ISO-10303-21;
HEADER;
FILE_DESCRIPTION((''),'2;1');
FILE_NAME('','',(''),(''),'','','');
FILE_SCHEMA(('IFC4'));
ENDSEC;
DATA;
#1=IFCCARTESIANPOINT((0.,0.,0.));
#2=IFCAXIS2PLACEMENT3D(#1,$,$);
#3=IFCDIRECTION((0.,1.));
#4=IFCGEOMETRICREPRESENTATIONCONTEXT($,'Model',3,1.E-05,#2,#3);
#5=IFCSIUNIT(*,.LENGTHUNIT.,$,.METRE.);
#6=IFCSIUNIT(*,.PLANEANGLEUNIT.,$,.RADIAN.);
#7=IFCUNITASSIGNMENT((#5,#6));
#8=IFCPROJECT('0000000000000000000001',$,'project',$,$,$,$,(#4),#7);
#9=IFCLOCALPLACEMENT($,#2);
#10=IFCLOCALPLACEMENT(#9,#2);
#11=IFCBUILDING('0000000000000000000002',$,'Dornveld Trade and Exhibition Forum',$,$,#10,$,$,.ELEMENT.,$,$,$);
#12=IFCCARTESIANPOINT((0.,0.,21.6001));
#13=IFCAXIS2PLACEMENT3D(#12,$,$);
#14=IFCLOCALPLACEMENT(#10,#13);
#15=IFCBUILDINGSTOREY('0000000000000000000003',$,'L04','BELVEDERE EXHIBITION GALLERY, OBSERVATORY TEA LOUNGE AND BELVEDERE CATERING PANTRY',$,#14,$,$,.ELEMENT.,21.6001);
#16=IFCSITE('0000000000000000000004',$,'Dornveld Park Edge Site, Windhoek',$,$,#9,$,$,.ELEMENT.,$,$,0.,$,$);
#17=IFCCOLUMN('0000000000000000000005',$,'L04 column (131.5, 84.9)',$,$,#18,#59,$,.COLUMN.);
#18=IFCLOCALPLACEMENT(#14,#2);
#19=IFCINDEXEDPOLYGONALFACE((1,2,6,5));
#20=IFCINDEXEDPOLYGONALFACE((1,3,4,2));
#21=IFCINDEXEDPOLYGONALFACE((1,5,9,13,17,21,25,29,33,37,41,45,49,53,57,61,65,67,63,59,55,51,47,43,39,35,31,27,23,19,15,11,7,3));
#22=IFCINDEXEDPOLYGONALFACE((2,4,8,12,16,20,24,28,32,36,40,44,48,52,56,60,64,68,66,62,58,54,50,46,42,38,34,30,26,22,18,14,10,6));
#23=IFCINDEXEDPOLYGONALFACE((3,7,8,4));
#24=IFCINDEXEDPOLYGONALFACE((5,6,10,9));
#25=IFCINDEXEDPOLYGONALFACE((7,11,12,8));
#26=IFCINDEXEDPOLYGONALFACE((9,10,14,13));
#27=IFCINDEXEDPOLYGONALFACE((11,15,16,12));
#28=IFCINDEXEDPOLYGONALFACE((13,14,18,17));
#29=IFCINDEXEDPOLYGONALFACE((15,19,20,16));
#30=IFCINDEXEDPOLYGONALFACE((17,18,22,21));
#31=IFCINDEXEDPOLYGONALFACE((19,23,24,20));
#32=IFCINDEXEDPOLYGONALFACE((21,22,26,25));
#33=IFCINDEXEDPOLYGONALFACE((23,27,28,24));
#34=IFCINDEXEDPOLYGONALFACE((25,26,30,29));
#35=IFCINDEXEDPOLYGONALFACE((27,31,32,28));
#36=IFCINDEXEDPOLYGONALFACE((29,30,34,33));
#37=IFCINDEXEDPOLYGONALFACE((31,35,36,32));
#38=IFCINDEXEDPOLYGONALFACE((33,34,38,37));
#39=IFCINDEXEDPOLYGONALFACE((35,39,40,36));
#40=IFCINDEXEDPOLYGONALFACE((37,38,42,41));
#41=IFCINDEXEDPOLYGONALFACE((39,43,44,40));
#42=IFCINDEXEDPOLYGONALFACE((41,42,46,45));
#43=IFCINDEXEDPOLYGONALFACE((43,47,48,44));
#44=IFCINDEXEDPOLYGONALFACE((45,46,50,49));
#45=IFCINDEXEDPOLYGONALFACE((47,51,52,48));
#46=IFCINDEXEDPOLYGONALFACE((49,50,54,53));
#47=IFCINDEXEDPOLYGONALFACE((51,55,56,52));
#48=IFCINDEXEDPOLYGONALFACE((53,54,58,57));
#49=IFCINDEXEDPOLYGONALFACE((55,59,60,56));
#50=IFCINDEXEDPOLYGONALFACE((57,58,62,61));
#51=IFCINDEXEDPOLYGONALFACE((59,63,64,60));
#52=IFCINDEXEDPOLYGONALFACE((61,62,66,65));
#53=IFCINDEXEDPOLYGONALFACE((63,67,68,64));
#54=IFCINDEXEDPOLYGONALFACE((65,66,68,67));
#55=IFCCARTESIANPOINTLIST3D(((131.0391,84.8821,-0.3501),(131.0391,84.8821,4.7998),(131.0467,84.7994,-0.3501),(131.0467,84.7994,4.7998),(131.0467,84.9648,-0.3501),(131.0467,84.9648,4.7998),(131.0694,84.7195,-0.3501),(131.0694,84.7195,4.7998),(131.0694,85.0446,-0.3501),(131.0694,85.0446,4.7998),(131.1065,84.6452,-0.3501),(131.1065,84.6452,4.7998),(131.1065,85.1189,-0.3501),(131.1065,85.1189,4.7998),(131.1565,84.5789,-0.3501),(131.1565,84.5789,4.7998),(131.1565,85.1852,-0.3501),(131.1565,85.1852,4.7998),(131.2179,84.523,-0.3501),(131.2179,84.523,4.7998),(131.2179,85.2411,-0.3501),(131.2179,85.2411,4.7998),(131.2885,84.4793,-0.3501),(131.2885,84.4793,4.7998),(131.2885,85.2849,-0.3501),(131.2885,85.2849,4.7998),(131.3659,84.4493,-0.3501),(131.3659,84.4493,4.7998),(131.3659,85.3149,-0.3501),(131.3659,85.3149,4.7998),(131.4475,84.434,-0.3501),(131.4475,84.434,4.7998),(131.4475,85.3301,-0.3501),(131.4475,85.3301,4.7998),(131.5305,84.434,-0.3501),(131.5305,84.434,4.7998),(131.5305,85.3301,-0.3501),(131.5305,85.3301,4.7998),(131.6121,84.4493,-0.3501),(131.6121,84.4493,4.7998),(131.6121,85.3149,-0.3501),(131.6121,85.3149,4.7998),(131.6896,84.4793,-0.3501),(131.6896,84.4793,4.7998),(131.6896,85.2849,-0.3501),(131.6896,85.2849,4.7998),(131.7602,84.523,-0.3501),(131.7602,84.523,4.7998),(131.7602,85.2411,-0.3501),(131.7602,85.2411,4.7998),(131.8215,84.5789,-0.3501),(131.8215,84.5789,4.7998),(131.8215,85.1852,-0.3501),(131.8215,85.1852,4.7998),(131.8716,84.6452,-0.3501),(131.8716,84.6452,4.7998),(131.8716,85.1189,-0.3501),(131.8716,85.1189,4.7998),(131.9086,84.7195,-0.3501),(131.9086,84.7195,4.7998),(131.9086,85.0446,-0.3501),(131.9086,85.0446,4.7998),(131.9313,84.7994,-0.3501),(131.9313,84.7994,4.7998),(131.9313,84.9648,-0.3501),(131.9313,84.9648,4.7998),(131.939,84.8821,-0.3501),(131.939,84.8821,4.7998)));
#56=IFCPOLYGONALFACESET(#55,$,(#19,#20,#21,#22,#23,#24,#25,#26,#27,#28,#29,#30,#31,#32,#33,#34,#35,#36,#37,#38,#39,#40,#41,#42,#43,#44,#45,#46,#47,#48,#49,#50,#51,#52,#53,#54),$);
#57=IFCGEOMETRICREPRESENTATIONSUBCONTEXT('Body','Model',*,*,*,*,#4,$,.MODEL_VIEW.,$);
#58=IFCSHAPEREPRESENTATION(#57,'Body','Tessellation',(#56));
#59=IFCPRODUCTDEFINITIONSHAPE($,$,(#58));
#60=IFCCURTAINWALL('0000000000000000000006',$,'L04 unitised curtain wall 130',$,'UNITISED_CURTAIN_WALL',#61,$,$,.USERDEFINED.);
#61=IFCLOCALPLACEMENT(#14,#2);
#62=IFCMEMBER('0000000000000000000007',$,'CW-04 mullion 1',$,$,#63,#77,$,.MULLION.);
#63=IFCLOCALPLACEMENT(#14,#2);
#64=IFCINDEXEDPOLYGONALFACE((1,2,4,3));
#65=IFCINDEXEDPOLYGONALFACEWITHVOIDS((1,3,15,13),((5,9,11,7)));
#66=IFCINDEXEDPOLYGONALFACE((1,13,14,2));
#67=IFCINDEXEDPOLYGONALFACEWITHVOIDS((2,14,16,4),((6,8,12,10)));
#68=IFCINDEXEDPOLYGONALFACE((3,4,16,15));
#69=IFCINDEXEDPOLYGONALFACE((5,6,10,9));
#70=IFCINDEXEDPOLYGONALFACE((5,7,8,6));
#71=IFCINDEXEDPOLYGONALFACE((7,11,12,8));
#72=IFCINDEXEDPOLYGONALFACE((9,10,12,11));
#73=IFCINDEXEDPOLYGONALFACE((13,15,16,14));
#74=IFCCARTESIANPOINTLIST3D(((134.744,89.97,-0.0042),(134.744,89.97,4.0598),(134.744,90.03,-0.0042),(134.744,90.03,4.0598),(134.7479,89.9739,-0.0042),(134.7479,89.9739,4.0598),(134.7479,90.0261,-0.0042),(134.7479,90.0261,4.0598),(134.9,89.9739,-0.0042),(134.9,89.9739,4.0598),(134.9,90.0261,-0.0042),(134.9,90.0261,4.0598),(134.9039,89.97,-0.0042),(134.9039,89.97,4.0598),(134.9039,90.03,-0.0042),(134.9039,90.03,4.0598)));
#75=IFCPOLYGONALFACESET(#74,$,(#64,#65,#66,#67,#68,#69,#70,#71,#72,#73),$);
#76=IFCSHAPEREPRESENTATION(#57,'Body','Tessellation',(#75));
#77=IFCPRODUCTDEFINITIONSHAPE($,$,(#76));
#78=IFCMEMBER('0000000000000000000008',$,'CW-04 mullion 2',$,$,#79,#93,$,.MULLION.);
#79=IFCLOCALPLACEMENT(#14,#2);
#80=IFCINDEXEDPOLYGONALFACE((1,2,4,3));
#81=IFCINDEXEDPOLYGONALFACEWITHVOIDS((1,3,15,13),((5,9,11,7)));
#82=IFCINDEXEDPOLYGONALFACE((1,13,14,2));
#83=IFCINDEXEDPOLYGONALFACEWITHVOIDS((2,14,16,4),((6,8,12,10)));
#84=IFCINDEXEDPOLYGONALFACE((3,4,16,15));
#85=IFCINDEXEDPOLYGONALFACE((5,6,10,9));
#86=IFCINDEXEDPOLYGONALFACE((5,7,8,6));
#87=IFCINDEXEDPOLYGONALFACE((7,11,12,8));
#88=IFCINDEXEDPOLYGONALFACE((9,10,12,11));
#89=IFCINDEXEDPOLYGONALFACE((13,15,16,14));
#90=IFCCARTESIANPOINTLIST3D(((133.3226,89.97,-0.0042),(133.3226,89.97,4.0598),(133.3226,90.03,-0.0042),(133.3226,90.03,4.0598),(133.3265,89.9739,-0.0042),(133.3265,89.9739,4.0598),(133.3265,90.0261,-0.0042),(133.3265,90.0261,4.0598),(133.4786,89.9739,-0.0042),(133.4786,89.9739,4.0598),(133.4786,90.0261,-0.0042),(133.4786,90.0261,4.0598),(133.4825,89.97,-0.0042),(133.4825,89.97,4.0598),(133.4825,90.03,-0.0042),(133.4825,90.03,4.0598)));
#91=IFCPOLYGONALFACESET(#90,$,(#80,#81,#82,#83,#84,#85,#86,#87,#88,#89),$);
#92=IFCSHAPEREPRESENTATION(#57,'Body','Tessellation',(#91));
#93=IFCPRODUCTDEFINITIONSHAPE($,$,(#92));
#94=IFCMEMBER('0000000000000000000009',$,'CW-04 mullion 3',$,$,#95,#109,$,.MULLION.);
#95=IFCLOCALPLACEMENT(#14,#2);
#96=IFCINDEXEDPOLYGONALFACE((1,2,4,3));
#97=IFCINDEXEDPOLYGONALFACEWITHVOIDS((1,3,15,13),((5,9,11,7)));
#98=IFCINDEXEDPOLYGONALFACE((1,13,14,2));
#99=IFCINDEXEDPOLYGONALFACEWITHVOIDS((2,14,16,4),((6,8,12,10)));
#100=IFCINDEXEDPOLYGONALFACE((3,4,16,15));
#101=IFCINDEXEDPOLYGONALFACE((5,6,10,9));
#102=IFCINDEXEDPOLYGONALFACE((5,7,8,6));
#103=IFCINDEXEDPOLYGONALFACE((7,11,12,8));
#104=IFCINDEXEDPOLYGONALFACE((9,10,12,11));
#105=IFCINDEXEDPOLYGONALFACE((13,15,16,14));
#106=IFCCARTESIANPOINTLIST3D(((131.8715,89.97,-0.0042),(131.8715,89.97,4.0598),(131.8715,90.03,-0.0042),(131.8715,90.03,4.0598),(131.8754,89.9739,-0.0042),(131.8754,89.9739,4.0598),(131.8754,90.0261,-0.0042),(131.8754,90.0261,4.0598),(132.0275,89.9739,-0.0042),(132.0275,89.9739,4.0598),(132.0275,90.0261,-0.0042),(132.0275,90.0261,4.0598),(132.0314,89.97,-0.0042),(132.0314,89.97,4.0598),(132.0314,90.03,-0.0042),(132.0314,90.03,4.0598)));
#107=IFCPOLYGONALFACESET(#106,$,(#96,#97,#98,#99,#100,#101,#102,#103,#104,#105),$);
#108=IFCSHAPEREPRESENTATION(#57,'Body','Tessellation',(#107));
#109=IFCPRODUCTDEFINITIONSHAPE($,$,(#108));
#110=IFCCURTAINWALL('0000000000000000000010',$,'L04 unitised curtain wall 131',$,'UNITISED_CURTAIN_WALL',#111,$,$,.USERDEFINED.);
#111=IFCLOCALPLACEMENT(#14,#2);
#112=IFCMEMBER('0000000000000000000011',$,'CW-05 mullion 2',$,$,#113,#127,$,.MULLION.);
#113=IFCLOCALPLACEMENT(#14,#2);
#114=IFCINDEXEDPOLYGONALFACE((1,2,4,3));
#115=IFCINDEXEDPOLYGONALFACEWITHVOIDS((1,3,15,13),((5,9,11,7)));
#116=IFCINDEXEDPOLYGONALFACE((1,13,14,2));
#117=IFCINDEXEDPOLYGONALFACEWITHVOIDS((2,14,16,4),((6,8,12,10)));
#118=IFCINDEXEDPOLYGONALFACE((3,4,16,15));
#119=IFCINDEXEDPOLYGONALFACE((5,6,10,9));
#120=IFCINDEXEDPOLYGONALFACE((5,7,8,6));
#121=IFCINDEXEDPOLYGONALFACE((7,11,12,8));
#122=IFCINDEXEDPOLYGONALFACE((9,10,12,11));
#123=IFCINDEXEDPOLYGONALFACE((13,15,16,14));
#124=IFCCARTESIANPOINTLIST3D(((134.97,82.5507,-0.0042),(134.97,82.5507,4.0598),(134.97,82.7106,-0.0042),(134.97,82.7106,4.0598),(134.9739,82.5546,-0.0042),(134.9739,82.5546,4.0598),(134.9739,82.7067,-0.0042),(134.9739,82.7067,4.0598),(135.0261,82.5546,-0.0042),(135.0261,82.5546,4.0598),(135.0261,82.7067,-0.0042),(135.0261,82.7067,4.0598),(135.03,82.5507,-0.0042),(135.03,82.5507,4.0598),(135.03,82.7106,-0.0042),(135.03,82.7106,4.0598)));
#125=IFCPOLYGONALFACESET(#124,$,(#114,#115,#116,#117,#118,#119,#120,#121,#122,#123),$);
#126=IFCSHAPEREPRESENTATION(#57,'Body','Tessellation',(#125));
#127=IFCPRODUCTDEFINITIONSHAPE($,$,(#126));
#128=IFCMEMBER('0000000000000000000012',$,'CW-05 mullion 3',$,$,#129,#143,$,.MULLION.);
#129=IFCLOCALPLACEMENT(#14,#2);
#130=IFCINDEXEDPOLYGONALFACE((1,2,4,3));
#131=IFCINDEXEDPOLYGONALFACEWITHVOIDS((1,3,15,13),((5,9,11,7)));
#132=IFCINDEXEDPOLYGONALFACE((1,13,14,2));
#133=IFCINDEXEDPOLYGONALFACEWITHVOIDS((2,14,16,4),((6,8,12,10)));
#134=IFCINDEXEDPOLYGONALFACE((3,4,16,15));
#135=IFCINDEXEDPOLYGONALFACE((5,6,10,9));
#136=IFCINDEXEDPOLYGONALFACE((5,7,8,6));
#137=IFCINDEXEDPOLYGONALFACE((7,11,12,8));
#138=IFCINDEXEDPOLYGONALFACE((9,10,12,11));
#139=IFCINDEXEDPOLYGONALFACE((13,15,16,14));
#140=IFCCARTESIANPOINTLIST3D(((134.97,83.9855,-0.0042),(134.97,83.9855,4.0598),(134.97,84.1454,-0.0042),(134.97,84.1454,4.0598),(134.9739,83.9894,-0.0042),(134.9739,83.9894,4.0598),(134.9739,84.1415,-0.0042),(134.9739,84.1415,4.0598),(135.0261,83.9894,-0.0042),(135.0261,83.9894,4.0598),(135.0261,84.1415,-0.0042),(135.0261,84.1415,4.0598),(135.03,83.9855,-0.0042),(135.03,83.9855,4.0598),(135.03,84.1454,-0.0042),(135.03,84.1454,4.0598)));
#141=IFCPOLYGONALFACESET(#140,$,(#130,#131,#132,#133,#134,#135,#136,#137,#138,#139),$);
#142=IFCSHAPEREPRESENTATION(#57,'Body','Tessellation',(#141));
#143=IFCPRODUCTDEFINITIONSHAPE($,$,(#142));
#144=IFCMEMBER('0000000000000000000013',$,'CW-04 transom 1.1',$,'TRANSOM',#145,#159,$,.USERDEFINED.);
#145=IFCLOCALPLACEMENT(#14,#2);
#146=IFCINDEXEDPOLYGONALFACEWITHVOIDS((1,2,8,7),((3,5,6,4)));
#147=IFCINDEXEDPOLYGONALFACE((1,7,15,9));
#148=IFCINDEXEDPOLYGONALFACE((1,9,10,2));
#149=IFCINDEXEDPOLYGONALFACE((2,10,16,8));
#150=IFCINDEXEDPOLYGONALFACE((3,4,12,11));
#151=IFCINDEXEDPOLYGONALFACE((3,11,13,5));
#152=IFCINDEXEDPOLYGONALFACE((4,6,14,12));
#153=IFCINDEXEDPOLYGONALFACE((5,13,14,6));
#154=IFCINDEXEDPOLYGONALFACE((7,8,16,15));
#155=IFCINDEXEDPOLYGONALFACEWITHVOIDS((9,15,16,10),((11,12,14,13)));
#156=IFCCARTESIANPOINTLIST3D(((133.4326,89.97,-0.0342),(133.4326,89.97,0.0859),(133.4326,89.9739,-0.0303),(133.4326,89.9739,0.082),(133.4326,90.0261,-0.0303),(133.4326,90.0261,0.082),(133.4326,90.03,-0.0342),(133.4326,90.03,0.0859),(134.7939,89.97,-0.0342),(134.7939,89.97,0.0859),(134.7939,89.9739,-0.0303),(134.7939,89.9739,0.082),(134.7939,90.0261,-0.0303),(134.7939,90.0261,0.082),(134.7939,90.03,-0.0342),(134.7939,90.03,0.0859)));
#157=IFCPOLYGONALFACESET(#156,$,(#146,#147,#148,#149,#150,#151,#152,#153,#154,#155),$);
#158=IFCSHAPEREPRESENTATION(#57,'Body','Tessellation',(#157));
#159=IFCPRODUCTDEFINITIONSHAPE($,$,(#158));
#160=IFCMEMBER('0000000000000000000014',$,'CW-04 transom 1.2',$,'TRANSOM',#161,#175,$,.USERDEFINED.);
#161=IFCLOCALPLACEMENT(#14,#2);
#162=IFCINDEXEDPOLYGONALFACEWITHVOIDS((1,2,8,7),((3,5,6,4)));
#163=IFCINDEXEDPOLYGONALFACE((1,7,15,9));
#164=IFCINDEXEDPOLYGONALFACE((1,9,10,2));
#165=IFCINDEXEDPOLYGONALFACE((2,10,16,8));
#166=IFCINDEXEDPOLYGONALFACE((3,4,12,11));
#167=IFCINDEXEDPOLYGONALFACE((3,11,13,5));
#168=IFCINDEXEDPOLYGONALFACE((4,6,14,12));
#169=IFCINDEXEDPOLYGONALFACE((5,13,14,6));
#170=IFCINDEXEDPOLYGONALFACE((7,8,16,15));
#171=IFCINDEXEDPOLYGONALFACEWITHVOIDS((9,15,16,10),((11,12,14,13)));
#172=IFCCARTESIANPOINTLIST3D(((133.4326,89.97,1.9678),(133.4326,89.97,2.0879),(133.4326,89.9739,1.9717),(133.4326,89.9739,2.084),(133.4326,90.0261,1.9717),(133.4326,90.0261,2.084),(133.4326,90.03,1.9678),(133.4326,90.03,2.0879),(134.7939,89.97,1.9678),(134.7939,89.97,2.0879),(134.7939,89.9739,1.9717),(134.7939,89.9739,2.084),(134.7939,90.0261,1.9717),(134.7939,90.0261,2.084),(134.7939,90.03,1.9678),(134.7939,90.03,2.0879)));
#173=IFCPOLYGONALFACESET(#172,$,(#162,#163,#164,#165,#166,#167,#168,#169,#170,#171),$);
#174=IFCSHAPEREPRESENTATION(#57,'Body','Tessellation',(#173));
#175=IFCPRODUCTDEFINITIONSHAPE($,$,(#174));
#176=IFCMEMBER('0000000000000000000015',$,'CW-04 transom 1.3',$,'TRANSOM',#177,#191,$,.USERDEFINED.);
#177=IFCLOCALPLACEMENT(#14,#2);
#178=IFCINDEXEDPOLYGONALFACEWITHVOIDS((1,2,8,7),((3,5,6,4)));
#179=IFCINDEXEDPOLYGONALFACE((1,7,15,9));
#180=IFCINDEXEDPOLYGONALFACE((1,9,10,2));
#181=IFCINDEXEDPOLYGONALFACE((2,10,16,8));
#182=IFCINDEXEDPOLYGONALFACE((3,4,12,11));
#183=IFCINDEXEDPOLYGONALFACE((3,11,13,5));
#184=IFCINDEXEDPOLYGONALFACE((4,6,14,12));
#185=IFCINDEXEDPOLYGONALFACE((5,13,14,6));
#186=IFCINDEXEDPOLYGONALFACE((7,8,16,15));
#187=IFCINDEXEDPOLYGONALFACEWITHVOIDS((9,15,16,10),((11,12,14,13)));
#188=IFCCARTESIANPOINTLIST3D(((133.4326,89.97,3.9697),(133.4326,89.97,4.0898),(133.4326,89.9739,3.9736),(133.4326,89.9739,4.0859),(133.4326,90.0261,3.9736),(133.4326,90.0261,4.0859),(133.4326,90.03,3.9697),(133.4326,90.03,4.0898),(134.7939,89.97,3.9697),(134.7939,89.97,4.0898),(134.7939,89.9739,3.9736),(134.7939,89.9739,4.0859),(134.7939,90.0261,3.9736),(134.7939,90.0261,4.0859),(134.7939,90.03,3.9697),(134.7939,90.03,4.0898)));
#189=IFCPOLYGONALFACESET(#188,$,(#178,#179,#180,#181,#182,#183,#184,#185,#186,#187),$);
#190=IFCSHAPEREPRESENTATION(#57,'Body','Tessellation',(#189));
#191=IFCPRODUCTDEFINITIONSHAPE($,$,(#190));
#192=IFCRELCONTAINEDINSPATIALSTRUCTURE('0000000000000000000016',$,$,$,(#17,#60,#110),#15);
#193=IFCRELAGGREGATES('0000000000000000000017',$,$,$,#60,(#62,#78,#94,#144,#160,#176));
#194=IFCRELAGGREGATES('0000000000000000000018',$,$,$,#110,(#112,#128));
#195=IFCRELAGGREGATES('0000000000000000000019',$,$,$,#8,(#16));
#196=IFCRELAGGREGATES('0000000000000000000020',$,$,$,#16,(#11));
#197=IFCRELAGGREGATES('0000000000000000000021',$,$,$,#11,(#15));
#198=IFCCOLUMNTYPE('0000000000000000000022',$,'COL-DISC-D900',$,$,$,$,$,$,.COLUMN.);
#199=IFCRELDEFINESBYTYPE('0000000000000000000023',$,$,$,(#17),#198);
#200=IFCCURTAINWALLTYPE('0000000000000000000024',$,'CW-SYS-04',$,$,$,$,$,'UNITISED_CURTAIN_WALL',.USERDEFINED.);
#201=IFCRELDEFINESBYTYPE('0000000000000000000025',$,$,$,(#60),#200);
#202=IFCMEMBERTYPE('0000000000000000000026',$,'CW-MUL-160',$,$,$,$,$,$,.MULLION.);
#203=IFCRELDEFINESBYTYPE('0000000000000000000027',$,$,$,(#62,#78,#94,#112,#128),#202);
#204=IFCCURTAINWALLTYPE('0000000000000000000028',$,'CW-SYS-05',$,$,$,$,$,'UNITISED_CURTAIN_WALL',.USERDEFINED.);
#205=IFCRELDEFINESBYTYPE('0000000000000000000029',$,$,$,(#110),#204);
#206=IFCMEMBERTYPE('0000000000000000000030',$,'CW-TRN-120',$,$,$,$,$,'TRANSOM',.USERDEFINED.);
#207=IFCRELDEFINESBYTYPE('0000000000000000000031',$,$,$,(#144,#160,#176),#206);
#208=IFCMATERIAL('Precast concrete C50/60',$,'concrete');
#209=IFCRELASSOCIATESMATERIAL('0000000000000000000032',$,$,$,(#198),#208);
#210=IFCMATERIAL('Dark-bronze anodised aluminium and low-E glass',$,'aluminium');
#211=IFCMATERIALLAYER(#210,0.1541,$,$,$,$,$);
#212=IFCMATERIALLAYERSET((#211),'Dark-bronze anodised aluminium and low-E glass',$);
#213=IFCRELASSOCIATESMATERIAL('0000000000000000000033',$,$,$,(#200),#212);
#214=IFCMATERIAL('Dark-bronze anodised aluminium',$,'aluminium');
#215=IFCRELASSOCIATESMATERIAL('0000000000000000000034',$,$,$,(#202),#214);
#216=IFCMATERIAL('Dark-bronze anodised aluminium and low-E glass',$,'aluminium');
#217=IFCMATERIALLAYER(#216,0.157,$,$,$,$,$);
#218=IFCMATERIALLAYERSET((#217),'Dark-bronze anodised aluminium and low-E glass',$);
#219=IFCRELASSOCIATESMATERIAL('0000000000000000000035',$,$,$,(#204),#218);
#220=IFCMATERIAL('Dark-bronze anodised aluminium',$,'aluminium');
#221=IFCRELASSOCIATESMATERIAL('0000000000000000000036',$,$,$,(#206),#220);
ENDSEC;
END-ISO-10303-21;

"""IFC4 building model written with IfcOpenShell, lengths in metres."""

from ifc_helpers import new_model, si_unit, direction, frame, origin, origin_2d, place, context, subcontext, project, spatial, hollow_rectangle, circle, extrude, material, layer, layer_set, material_profile, profile_set, type_object, element, aggregate, save


model = new_model("IFC4")

# Units and contexts
model_context = context("Model", 3, precision=1e-05, world=origin(), true_north=direction((0.0, 1.0)))
body_context = subcontext(model_context, "Body", "Model", "MODEL_VIEW")
ifc_project = project(units=[si_unit("LENGTHUNIT", "METRE"), si_unit("PLANEANGLEUNIT", "RADIAN")], contexts=[model_context])

# Site, building, storey
site_placement = place(None, origin())
site = spatial("IfcSite", under=ifc_project, at=site_placement, Name="Dornveld Park Edge Site, Windhoek", CompositionType="ELEMENT", RefElevation=0.0)
building_placement = place(site_placement, origin())
building = spatial("IfcBuilding", under=site, at=building_placement, Name="Dornveld Trade and Exhibition Forum", CompositionType="ELEMENT")
storey_placement = place(building_placement, frame((0.0, 0.0, 21.6001)))
storey = spatial("IfcBuildingStorey", under=building, at=storey_placement, Name="L04", Description="BELVEDERE EXHIBITION GALLERY, OBSERVATORY TEA LOUNGE AND BELVEDERE CATERING PANTRY", CompositionType="ELEMENT", Elevation=21.6001)

# Column
ifc_material_1 = material(Name="Precast concrete C50/60", Category="concrete")
ifc_material_profile_1 = material_profile(ifc_material_1, circle(Radius=0.45, at=origin_2d()), Name="PC-COL D900")
ifc_profile_set_1 = profile_set([ifc_material_profile_1], Name="Precast concrete C50/60")
column_type = type_object("IfcColumnType", Name="COL-DISC-D900", PredefinedType="COLUMN", material=ifc_profile_set_1)
column_placement = place(storey_placement, frame((131.489, 84.8821, -0.3501), z_axis=(0.0, 0.0, 1.0), x_axis=(1.0, 0.0, 0.0)))
element("IfcColumn", 1, at=column_placement, inside=storey, type_object=column_type, Name="L04 column (131.5, 84.9)", PredefinedType="COLUMN", context=body_context, shape_type="SweptSolid", body=[
    extrude(circle(Radius=0.45, at=origin_2d()), origin(), (0.0, 0.0, 1.0), 5.1499),
])

# Curtain walls, members
ifc_material_2 = material(Name="Dark-bronze anodised aluminium and low-E glass", Category="aluminium")
ifc_layer_1 = layer(ifc_material_2, 0.1541)
ifc_layer_set_1 = layer_set([ifc_layer_1], Name="Dark-bronze anodised aluminium and low-E glass")
curtain_wall_type_1 = type_object("IfcCurtainWallType", Name="CW-SYS-04", ElementType="UNITISED_CURTAIN_WALL", PredefinedType="USERDEFINED", material=ifc_layer_set_1)
curtain_wall_1_placement = place(storey_placement, origin())
curtain_wall_1 = element("IfcCurtainWall", 2, at=curtain_wall_1_placement, inside=storey, type_object=curtain_wall_type_1, Name="L04 unitised curtain wall 130", ObjectType="UNITISED_CURTAIN_WALL", PredefinedType="USERDEFINED")
ifc_material_3 = material(Name="Dark-bronze anodised aluminium", Category="aluminium")
ifc_material_profile_2 = material_profile(ifc_material_3, hollow_rectangle(XDim=0.0601, YDim=0.1599, WallThickness=0.0039, at=origin_2d()), Name="RHS 160x60x4")
ifc_profile_set_2 = profile_set([ifc_material_profile_2], Name="Dark-bronze anodised aluminium")
member_type_1 = type_object("IfcMemberType", Name="CW-MUL-160", PredefinedType="MULLION", material=ifc_profile_set_2)
member_1_placement = place(storey_placement, frame((134.824, 90.0, -0.0042), z_axis=(0.0, 0.0, 1.0), x_axis=(0.0, -1.0, 0.0)))
member_1 = element("IfcMember", 3, at=member_1_placement, type_object=member_type_1, Name="CW-04 mullion 1", PredefinedType="MULLION", context=body_context, shape_type="SweptSolid", body=[
    extrude(hollow_rectangle(XDim=0.0601, YDim=0.1599, WallThickness=0.0039, at=origin_2d()), origin(), (0.0, 0.0, 1.0), 4.064),
])
member_2_placement = place(storey_placement, frame((133.4026, 90.0, -0.0042), z_axis=(0.0, 0.0, 1.0), x_axis=(0.0, -1.0, 0.0)))
member_2 = element("IfcMember", 4, at=member_2_placement, type_object=member_type_1, Name="CW-04 mullion 2", PredefinedType="MULLION", context=body_context, shape_type="SweptSolid", body=[
    extrude(hollow_rectangle(XDim=0.0601, YDim=0.1599, WallThickness=0.0039, at=origin_2d()), origin(), (0.0, 0.0, 1.0), 4.064),
])
member_3_placement = place(storey_placement, frame((131.9514, 90.0, -0.0042), z_axis=(0.0, 0.0, 1.0), x_axis=(0.0, -1.0, 0.0)))
member_3 = element("IfcMember", 5, at=member_3_placement, type_object=member_type_1, Name="CW-04 mullion 3", PredefinedType="MULLION", context=body_context, shape_type="SweptSolid", body=[
    extrude(hollow_rectangle(XDim=0.0601, YDim=0.1599, WallThickness=0.0039, at=origin_2d()), origin(), (0.0, 0.0, 1.0), 4.064),
])
ifc_material_4 = material(Name="Dark-bronze anodised aluminium and low-E glass", Category="aluminium")
ifc_layer_2 = layer(ifc_material_4, 0.157)
ifc_layer_set_2 = layer_set([ifc_layer_2], Name="Dark-bronze anodised aluminium and low-E glass")
curtain_wall_type_2 = type_object("IfcCurtainWallType", Name="CW-SYS-05", ElementType="UNITISED_CURTAIN_WALL", PredefinedType="USERDEFINED", material=ifc_layer_set_2)
curtain_wall_2_placement = place(storey_placement, origin())
curtain_wall_2 = element("IfcCurtainWall", 6, at=curtain_wall_2_placement, inside=storey, type_object=curtain_wall_type_2, Name="L04 unitised curtain wall 131", ObjectType="UNITISED_CURTAIN_WALL", PredefinedType="USERDEFINED")
member_4_placement = place(storey_placement, frame((135.0, 82.6306, -0.0042), z_axis=(0.0, 0.0, 1.0), x_axis=(-1.0, 0.0, 0.0)))
member_4 = element("IfcMember", 7, at=member_4_placement, type_object=member_type_1, Name="CW-05 mullion 2", PredefinedType="MULLION", context=body_context, shape_type="SweptSolid", body=[
    extrude(hollow_rectangle(XDim=0.0601, YDim=0.1599, WallThickness=0.0039, at=origin_2d()), origin(), (0.0, 0.0, 1.0), 4.064),
])
member_5_placement = place(storey_placement, frame((135.0, 84.0654, -0.0042), z_axis=(0.0, 0.0, 1.0), x_axis=(-1.0, 0.0, 0.0)))
member_5 = element("IfcMember", 8, at=member_5_placement, type_object=member_type_1, Name="CW-05 mullion 3", PredefinedType="MULLION", context=body_context, shape_type="SweptSolid", body=[
    extrude(hollow_rectangle(XDim=0.0601, YDim=0.1599, WallThickness=0.0039, at=origin_2d()), origin(), (0.0, 0.0, 1.0), 4.064),
])

# Members
ifc_material_5 = material(Name="Dark-bronze anodised aluminium", Category="aluminium")
ifc_material_profile_3 = material_profile(ifc_material_5, hollow_rectangle(XDim=0.0601, YDim=0.1201, WallThickness=0.0039, at=origin_2d()), Name="RHS 120x60x4")
ifc_profile_set_3 = profile_set([ifc_material_profile_3], Name="Dark-bronze anodised aluminium")
member_type_2 = type_object("IfcMemberType", Name="CW-TRN-120", ElementType="TRANSOM", PredefinedType="USERDEFINED", material=ifc_profile_set_3)
member_6_placement = place(storey_placement, frame((134.7939, 90.0, 0.0259), z_axis=(-1.0, 0.0, 0.0), x_axis=(0.0, -1.0, 0.0)))
member_6 = element("IfcMember", 9, at=member_6_placement, type_object=member_type_2, Name="CW-04 transom 1.1", ObjectType="TRANSOM", PredefinedType="USERDEFINED", context=body_context, shape_type="SweptSolid", body=[
    extrude(hollow_rectangle(XDim=0.0601, YDim=0.1201, WallThickness=0.0039, at=origin_2d()), origin(), (0.0, 0.0, 1.0), 1.3613),
])
member_7_placement = place(storey_placement, frame((134.7939, 90.0, 2.0278), z_axis=(-1.0, 0.0, 0.0), x_axis=(0.0, -1.0, 0.0)))
member_7 = element("IfcMember", 10, at=member_7_placement, type_object=member_type_2, Name="CW-04 transom 1.2", ObjectType="TRANSOM", PredefinedType="USERDEFINED", context=body_context, shape_type="SweptSolid", body=[
    extrude(hollow_rectangle(XDim=0.0601, YDim=0.1201, WallThickness=0.0039, at=origin_2d()), origin(), (0.0, 0.0, 1.0), 1.3613),
])
member_8_placement = place(storey_placement, frame((134.7939, 90.0, 4.0298), z_axis=(-1.0, 0.0, 0.0), x_axis=(0.0, -1.0, 0.0)))
member_8 = element("IfcMember", 11, at=member_8_placement, type_object=member_type_2, Name="CW-04 transom 1.3", ObjectType="TRANSOM", PredefinedType="USERDEFINED", context=body_context, shape_type="SweptSolid", body=[
    extrude(hollow_rectangle(XDim=0.0601, YDim=0.1201, WallThickness=0.0039, at=origin_2d()), origin(), (0.0, 0.0, 1.0), 1.3613),
])

aggregate(curtain_wall_1, [member_1, member_2, member_3, member_6, member_7, member_8])
aggregate(curtain_wall_2, [member_4, member_5])

save(model, "model.ifc")
